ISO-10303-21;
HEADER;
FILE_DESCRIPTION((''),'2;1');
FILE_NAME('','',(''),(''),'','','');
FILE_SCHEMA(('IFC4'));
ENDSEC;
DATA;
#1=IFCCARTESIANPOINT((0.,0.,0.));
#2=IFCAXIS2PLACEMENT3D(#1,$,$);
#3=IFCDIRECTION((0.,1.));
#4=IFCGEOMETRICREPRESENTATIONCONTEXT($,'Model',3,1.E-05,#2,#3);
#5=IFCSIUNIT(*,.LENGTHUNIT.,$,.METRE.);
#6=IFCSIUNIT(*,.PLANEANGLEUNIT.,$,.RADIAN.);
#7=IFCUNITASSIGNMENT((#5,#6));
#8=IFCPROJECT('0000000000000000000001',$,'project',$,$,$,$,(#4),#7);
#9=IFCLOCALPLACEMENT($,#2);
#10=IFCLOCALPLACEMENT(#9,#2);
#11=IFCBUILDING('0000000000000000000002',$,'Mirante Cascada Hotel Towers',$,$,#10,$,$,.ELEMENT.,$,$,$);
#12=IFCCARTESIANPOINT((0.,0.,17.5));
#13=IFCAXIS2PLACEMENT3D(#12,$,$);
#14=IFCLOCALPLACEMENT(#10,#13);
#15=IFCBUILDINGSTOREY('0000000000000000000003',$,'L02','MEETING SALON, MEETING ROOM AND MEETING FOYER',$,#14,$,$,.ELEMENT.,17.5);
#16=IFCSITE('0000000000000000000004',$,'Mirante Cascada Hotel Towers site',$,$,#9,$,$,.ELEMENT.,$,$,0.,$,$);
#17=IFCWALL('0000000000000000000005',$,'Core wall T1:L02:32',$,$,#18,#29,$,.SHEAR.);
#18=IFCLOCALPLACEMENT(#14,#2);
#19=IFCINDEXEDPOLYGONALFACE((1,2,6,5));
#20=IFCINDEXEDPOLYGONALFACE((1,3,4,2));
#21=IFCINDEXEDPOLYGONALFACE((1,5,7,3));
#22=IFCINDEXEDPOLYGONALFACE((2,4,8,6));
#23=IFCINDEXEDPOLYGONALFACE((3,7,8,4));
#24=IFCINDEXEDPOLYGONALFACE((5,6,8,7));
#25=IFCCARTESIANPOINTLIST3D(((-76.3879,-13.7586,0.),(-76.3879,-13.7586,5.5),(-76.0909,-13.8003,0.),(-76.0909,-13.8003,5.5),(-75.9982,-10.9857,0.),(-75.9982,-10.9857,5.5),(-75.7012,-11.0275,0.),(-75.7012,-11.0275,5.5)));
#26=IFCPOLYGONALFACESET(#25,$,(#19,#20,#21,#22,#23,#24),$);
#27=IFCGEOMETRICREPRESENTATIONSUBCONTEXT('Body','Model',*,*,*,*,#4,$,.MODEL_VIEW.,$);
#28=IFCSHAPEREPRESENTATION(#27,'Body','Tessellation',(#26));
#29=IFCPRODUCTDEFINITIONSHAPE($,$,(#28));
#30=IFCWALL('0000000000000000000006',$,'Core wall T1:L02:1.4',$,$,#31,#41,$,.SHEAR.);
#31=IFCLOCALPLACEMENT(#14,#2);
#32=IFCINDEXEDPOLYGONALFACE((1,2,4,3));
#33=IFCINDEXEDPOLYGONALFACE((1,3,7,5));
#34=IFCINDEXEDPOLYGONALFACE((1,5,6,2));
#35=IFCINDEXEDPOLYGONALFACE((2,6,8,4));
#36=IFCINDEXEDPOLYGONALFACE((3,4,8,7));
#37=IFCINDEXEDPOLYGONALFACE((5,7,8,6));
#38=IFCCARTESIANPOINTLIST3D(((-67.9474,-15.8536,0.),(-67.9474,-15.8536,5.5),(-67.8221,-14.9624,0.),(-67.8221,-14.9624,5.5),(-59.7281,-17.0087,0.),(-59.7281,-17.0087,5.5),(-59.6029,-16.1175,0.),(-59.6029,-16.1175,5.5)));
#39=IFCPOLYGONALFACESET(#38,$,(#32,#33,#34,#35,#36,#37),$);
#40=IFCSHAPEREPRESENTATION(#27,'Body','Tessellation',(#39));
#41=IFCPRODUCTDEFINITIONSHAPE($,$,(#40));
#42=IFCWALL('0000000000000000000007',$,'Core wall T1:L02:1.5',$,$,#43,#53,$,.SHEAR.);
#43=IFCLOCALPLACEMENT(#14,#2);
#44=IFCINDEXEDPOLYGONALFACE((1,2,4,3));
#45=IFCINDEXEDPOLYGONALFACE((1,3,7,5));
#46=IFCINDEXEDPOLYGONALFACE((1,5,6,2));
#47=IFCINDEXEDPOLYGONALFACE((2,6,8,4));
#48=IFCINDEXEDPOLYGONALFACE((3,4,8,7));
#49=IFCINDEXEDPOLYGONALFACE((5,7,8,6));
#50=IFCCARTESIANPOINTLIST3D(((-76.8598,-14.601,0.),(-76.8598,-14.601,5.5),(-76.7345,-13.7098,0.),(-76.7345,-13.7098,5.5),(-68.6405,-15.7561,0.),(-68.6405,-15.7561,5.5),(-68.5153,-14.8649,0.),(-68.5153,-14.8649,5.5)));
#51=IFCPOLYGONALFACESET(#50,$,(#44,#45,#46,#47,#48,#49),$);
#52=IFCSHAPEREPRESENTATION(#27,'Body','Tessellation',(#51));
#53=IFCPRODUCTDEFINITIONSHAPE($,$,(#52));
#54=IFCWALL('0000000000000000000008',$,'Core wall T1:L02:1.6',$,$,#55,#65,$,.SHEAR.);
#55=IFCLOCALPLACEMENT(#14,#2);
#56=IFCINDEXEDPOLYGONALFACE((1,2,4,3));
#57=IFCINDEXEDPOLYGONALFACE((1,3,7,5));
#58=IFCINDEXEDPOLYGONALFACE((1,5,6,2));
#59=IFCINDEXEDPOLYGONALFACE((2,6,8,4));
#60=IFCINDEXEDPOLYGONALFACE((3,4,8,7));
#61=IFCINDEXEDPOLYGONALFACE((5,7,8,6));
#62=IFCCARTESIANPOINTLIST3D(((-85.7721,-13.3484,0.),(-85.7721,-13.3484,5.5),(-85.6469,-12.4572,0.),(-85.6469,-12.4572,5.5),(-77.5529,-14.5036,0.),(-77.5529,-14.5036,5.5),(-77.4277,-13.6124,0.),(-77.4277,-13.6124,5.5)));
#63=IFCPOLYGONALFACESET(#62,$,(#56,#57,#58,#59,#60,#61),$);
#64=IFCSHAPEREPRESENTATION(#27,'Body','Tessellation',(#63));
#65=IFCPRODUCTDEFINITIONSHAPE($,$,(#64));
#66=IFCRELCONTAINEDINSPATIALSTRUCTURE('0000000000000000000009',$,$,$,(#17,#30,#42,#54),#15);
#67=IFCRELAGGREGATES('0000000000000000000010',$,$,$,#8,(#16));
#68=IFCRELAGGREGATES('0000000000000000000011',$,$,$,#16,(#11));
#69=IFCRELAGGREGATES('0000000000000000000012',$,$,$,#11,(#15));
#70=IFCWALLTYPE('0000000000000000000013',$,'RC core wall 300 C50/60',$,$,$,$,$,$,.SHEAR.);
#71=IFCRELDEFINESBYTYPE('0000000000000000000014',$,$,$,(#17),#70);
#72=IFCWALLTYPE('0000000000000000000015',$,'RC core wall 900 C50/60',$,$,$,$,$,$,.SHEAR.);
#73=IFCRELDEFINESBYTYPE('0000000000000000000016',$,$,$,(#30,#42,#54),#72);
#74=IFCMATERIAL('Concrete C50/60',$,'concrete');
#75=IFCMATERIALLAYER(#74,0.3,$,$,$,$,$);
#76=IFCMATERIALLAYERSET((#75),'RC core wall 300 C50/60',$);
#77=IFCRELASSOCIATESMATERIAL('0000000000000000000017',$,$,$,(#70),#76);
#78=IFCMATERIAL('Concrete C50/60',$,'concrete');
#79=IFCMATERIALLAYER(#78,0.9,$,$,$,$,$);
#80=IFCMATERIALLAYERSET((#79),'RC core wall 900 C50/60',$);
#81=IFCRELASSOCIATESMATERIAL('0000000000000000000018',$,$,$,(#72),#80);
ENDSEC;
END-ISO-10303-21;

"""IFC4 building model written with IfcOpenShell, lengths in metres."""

from ifc_helpers import new_model, si_unit, direction, frame, frame_2d, origin, place, context, subcontext, project, spatial, rectangle, extrude, material, layer, layer_set, type_object, element, save


model = new_model("IFC4")

# Units and contexts
model_context = context("Model", 3, precision=1e-05, world=origin(), true_north=direction((0.0, 1.0)))
body_context = subcontext(model_context, "Body", "Model", "MODEL_VIEW")
ifc_project = project(units=[si_unit("LENGTHUNIT", "METRE"), si_unit("PLANEANGLEUNIT", "RADIAN")], contexts=[model_context])

# Site, building, storey
site_placement = place(None, origin())
site = spatial("IfcSite", under=ifc_project, at=site_placement, Name="Mirante Cascada Hotel Towers site", CompositionType="ELEMENT", RefElevation=0.0)
building_placement = place(site_placement, origin())
building = spatial("IfcBuilding", under=site, at=building_placement, Name="Mirante Cascada Hotel Towers", CompositionType="ELEMENT")
storey_placement = place(building_placement, frame((0.0, 0.0, 17.5)))
storey = spatial("IfcBuildingStorey", under=building, at=storey_placement, Name="L02", Description="MEETING SALON, MEETING ROOM AND MEETING FOYER", CompositionType="ELEMENT", Elevation=17.5)

# Walls
ifc_material_1 = material(Name="Concrete C50/60", Category="concrete")
ifc_layer_1 = layer(ifc_material_1, 0.3)
ifc_layer_set_1 = layer_set([ifc_layer_1], Name="RC core wall 300 C50/60")
wall_type_1 = type_object("IfcWallType", Name="RC core wall 300 C50/60", PredefinedType="SHEAR", material=ifc_layer_set_1)
wall_1_placement = place(storey_placement, frame((-76.2394, -13.7794, 0.0), z_axis=(0.0, 0.0, 1.0), x_axis=(0.139176, 0.990268, 0.0)))
element("IfcWall", 1, at=wall_1_placement, inside=storey, type_object=wall_type_1, Name="Core wall T1:L02:32", PredefinedType="SHEAR", context=body_context, shape_type="SweptSolid", body=[
    extrude(rectangle(XDim=2.8001, YDim=0.3, at=frame_2d((1.4, 0.0))), origin(), (0.0, 0.0, 1.0), 5.5),
])
ifc_material_2 = material(Name="Concrete C50/60", Category="concrete")
ifc_layer_2 = layer(ifc_material_2, 0.9)
ifc_layer_set_2 = layer_set([ifc_layer_2], Name="RC core wall 900 C50/60")
wall_type_2 = type_object("IfcWallType", Name="RC core wall 900 C50/60", PredefinedType="SHEAR", material=ifc_layer_set_2)
for number, where, z_axis, x_axis, name in (
    (2, (-59.6655, -16.5631, 0.0), (0.0, 0.0, 1.0), (-0.990269, 0.139169, 0.0), "Core wall T1:L02:1.4"),
    (3, (-68.5779, -15.3105, 0.0), (0.0, 0.0, 1.0), (-0.990269, 0.139169, 0.0), "Core wall T1:L02:1.5"),
    (4, (-77.4903, -14.058, 0.0), (0.0, 0.0, 1.0), (-0.990267, 0.139181, 0.0), "Core wall T1:L02:1.6"),
):
    element("IfcWall", number, at=place(storey_placement, frame(where, z_axis=z_axis, x_axis=x_axis)), inside=storey, type_object=wall_type_2, Name=name, PredefinedType="SHEAR", context=body_context, shape_type="SweptSolid", body=[
        extrude(rectangle(XDim=8.3, YDim=0.9, at=frame_2d((4.15, 0.0))), origin(), (0.0, 0.0, 1.0), 5.5),
    ])

save(model, "model.ifc")
